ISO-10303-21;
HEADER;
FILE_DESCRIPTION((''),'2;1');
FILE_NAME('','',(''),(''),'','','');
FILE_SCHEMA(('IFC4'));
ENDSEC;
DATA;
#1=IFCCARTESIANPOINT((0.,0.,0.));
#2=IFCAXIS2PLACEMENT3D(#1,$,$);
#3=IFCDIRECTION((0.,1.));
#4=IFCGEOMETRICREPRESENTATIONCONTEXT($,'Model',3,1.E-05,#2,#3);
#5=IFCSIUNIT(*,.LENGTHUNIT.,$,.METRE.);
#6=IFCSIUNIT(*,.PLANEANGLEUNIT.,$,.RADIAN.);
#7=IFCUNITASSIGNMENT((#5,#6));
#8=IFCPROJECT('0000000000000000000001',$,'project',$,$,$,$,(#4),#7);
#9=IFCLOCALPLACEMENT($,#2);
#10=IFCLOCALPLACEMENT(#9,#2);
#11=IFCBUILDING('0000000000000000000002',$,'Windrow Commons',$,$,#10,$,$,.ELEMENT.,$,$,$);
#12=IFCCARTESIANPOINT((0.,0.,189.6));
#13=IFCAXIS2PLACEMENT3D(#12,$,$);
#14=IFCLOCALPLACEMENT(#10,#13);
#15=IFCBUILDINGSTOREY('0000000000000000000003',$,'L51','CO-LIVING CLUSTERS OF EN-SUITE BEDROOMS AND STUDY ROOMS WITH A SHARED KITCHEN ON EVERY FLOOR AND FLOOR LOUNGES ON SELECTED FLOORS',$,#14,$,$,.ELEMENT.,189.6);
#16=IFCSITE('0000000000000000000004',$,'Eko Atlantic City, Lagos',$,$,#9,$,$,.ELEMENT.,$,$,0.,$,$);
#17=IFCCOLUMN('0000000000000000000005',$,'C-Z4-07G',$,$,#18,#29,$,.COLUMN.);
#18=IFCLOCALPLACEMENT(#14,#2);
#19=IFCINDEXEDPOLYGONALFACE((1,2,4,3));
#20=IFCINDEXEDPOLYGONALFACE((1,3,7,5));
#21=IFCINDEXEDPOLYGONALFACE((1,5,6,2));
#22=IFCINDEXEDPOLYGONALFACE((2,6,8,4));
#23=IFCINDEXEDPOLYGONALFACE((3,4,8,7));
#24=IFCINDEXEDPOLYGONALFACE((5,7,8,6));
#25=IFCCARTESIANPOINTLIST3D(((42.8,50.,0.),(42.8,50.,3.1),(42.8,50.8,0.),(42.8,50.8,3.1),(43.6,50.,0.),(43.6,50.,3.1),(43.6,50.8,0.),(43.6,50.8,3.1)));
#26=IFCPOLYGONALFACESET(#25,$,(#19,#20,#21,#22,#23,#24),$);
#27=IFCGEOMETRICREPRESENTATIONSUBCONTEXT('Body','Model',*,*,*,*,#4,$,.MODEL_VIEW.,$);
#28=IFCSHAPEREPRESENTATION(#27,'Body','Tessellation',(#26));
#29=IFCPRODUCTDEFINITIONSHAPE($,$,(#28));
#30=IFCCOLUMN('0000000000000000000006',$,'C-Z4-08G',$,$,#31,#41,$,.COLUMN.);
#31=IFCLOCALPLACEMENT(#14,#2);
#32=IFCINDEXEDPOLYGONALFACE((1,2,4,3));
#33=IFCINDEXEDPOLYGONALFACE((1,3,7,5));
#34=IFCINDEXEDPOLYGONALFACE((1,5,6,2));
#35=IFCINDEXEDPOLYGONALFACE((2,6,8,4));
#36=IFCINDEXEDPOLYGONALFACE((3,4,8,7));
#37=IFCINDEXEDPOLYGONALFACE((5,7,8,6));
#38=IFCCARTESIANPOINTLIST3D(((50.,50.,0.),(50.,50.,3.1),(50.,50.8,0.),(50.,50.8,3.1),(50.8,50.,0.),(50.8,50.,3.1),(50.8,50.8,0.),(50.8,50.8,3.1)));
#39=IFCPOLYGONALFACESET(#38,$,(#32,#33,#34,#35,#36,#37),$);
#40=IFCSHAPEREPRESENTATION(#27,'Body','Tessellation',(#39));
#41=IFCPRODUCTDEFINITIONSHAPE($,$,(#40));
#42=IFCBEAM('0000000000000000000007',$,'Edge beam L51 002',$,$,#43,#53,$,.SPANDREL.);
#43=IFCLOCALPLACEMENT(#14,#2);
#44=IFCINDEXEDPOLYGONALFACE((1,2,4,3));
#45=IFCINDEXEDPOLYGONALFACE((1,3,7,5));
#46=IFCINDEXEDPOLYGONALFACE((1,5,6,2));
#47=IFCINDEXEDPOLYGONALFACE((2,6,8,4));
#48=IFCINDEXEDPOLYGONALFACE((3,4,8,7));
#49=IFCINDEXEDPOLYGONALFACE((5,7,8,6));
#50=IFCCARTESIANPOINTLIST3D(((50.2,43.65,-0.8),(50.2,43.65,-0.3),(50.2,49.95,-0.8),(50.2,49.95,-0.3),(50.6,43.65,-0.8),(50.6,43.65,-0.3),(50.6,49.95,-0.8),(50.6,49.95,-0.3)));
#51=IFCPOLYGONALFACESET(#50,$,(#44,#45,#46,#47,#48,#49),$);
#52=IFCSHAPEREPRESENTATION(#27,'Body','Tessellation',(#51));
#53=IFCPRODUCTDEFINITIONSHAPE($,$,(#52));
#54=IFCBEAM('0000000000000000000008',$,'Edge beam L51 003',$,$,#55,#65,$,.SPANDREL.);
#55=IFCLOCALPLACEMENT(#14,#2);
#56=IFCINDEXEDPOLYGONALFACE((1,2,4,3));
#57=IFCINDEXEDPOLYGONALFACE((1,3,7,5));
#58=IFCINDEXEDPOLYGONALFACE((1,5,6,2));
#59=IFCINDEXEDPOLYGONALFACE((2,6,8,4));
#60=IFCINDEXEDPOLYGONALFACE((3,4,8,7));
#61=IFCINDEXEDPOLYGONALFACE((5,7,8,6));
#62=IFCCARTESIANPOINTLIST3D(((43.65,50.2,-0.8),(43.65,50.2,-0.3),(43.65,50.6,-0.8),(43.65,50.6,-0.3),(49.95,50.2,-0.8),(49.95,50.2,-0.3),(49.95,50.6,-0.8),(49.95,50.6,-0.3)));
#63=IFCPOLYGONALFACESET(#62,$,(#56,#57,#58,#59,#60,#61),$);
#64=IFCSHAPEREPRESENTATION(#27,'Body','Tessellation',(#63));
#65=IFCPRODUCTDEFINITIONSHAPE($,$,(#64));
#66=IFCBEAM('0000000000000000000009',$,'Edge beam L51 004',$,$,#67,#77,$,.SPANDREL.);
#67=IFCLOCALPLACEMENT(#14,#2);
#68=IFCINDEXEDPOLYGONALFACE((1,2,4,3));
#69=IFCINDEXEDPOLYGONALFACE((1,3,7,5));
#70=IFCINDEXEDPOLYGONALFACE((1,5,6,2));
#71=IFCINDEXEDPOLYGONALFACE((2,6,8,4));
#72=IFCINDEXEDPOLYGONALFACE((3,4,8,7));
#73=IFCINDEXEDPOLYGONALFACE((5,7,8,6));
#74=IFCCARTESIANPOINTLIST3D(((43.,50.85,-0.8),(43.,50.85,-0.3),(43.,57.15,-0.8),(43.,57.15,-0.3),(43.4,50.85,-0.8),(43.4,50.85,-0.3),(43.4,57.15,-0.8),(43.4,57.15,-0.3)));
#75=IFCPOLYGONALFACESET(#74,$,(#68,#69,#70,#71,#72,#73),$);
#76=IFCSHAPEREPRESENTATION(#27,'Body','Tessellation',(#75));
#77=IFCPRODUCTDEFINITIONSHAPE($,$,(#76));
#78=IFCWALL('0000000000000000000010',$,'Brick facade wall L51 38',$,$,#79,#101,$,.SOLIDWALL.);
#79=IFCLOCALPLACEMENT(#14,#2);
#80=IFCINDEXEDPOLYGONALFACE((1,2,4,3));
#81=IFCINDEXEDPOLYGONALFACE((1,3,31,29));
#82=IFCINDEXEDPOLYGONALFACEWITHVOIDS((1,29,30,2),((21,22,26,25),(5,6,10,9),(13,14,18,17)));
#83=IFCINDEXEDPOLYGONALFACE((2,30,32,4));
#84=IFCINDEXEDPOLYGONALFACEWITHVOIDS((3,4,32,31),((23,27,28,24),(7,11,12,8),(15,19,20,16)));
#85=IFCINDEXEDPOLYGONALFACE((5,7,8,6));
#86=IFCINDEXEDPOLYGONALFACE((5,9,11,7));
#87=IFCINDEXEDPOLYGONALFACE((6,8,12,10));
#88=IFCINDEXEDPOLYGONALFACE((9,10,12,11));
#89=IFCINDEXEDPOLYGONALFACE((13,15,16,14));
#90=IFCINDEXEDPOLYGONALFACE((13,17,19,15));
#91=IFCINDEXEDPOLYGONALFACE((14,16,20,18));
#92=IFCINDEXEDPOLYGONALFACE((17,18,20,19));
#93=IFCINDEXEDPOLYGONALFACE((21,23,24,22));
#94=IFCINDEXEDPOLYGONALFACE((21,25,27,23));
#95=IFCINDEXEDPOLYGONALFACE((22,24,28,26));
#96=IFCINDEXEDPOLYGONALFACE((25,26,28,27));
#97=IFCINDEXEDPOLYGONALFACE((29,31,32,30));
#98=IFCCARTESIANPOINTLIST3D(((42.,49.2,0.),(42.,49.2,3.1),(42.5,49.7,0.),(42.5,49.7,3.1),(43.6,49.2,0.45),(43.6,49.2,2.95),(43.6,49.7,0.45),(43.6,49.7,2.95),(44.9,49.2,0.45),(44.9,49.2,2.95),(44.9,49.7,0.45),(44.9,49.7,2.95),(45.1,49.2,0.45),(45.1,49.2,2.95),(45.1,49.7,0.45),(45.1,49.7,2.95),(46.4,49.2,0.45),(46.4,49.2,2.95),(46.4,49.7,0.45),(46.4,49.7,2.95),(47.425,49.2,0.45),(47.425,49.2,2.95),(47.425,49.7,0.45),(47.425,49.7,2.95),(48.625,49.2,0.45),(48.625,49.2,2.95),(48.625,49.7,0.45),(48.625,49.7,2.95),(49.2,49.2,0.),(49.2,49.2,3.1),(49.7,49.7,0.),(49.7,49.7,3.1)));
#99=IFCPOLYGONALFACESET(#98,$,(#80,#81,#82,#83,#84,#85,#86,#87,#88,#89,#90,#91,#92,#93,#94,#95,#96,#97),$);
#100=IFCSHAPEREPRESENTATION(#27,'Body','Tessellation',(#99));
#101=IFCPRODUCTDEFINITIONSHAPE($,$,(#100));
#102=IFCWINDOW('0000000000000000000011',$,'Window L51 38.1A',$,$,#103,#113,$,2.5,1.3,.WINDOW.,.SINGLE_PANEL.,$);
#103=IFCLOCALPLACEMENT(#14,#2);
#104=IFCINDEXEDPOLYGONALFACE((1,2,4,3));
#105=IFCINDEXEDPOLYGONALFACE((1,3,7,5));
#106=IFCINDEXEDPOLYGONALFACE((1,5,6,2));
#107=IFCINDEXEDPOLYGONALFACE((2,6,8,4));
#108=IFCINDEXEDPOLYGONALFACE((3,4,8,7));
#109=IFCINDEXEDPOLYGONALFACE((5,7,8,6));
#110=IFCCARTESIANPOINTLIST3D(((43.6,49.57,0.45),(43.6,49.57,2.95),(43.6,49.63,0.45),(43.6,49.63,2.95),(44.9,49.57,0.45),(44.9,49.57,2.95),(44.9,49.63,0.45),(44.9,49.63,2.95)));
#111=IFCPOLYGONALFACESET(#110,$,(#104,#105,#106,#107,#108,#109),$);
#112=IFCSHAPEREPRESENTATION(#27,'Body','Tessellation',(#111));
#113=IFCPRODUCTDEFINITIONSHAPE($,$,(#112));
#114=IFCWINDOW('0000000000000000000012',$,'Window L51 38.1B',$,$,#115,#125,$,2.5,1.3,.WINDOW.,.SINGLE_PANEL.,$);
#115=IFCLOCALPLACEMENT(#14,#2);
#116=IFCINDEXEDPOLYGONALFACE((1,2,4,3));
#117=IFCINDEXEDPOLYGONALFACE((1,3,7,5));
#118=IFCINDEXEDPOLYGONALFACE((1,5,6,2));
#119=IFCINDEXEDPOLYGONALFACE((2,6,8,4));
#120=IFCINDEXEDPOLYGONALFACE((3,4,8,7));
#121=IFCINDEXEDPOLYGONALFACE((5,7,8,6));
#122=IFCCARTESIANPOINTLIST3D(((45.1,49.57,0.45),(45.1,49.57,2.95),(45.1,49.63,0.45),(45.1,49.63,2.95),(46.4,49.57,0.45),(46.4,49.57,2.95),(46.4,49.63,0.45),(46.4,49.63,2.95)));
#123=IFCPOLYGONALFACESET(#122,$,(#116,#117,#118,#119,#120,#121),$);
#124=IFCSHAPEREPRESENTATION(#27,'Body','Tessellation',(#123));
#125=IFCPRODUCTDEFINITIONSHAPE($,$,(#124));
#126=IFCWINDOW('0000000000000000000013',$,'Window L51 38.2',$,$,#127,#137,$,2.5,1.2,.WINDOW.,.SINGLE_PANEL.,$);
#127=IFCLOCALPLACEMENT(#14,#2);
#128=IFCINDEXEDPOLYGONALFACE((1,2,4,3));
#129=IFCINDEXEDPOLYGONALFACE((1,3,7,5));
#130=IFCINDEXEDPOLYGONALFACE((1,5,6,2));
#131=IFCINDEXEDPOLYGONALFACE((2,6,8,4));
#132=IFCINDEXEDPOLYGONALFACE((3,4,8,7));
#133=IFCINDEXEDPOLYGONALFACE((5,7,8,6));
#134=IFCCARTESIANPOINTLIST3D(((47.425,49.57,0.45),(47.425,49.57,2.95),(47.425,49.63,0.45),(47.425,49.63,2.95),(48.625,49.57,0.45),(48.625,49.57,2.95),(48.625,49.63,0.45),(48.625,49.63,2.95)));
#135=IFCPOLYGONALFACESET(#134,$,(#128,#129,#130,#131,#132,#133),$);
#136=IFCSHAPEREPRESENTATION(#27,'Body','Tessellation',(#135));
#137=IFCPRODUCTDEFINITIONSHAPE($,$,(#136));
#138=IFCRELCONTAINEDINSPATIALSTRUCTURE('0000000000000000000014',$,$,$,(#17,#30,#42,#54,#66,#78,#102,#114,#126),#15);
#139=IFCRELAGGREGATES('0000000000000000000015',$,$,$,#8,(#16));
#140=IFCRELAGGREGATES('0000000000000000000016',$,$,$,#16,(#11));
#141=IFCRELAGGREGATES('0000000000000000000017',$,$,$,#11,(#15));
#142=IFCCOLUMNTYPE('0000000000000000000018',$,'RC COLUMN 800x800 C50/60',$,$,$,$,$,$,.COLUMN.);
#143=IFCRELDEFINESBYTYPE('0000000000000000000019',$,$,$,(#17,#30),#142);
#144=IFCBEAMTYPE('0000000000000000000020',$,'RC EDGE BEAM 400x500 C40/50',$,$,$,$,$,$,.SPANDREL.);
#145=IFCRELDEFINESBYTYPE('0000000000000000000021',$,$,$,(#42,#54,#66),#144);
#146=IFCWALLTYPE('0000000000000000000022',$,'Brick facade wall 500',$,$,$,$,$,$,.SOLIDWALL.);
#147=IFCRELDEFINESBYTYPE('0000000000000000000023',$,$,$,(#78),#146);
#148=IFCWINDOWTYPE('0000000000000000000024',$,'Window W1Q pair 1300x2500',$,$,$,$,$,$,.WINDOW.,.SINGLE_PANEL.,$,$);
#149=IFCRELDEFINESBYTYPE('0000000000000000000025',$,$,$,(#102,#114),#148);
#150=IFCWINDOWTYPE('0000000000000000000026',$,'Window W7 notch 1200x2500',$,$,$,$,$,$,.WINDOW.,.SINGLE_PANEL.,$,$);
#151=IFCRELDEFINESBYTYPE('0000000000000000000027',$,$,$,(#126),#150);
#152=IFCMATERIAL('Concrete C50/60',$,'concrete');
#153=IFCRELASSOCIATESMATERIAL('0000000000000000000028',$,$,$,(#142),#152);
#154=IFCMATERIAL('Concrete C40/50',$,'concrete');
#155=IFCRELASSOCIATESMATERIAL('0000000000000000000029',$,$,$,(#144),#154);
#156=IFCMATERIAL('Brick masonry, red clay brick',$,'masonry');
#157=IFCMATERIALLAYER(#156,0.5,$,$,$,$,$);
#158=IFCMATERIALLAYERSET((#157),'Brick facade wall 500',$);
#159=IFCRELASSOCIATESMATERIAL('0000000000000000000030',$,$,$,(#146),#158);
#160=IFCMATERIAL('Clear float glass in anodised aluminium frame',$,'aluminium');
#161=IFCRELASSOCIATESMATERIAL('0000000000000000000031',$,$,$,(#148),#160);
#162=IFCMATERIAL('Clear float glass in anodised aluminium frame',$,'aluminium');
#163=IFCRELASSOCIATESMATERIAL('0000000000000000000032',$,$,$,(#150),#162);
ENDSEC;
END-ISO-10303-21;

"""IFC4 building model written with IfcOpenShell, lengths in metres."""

from ifc_helpers import new_model, si_unit, direction, frame, frame_2d, origin, origin_2d, place, context, subcontext, project, spatial, polyline, rectangle, outline, extrude, material, layer, layer_set, material_profile, profile_set, type_object, element, fill, save


model = new_model("IFC4")

# Units and contexts
model_context = context("Model", 3, precision=1e-05, world=origin(), true_north=direction((0.0, 1.0)))
body_context = subcontext(model_context, "Body", "Model", "MODEL_VIEW")
ifc_project = project(units=[si_unit("LENGTHUNIT", "METRE"), si_unit("PLANEANGLEUNIT", "RADIAN")], contexts=[model_context])

# Site, building, storey
site_placement = place(None, origin())
site = spatial("IfcSite", under=ifc_project, at=site_placement, Name="Eko Atlantic City, Lagos", CompositionType="ELEMENT", RefElevation=0.0)
building_placement = place(site_placement, origin())
building = spatial("IfcBuilding", under=site, at=building_placement, Name="Windrow Commons", CompositionType="ELEMENT")
storey_placement = place(building_placement, frame((0.0, 0.0, 189.6)))
storey = spatial("IfcBuildingStorey", under=building, at=storey_placement, Name="L51", Description="CO-LIVING CLUSTERS OF EN-SUITE BEDROOMS AND STUDY ROOMS WITH A SHARED KITCHEN ON EVERY FLOOR AND FLOOR LOUNGES ON SELECTED FLOORS", CompositionType="ELEMENT", Elevation=189.6)

# Columns
ifc_material_1 = material(Name="Concrete C50/60", Category="concrete")
ifc_material_profile_1 = material_profile(ifc_material_1, rectangle(XDim=0.8, YDim=0.8, at=origin_2d()))
ifc_profile_set_1 = profile_set([ifc_material_profile_1], Name="Concrete C50/60")
column_type = type_object("IfcColumnType", Name="RC COLUMN 800x800 C50/60", PredefinedType="COLUMN", material=ifc_profile_set_1)
for number, where, z_axis, x_axis, name in (
    (1, (43.2, 50.4, 0.0), (0.0, 0.0, 1.0), (1.0, 0.0, 0.0), "C-Z4-07G"),
    (2, (50.4, 50.4, 0.0), (0.0, 0.0, 1.0), (1.0, 0.0, 0.0), "C-Z4-08G"),
):
    element("IfcColumn", number, at=place(storey_placement, frame(where, z_axis=z_axis, x_axis=x_axis)), inside=storey, type_object=column_type, Name=name, PredefinedType="COLUMN", context=body_context, shape_type="SweptSolid", body=[
        extrude(rectangle(XDim=0.8, YDim=0.8, at=origin_2d()), origin(), (0.0, 0.0, 1.0), 3.1),
    ])

# Beams
ifc_material_2 = material(Name="Concrete C40/50", Category="concrete")
ifc_material_profile_2 = material_profile(ifc_material_2, rectangle(XDim=0.4, YDim=0.5, at=origin_2d()))
ifc_profile_set_2 = profile_set([ifc_material_profile_2], Name="Concrete C40/50")
beam_type = type_object("IfcBeamType", Name="RC EDGE BEAM 400x500 C40/50", PredefinedType="SPANDREL", material=ifc_profile_set_2)
for number, where, z_axis, x_axis, name in (
    (3, (50.4, 43.65, -0.55), (0.0, 1.0, 0.0), (-1.0, 0.0, 0.0), "Edge beam L51 002"),
    (4, (49.95, 50.4, -0.55), (-1.0, 0.0, 0.0), (0.0, -1.0, 0.0), "Edge beam L51 003"),
    (5, (43.2, 50.85, -0.55), (0.0, 1.0, 0.0), (-1.0, 0.0, 0.0), "Edge beam L51 004"),
):
    element("IfcBeam", number, at=place(storey_placement, frame(where, z_axis=z_axis, x_axis=x_axis)), inside=storey, type_object=beam_type, Name=name, PredefinedType="SPANDREL", context=body_context, shape_type="SweptSolid", body=[
        extrude(rectangle(XDim=0.4, YDim=0.5, at=origin_2d()), origin(), (0.0, 0.0, 1.0), 6.3),
    ])

# Wall, openings, windows
ifc_material_3 = material(Name="Brick masonry, red clay brick", Category="masonry")
ifc_layer_1 = layer(ifc_material_3, 0.5)
ifc_layer_set_1 = layer_set([ifc_layer_1], Name="Brick facade wall 500")
wall_type_1 = type_object("IfcWallType", Name="Brick facade wall 500", PredefinedType="SOLIDWALL", material=ifc_layer_set_1)
wall_1_placement = place(storey_placement, frame((42.25, 49.45, 0.0), z_axis=(0.0, 0.0, 1.0), x_axis=(1.0, 0.0, 0.0)))
wall_1 = element("IfcWall", 6, at=wall_1_placement, inside=storey, type_object=wall_type_1, Name="Brick facade wall L51 38", PredefinedType="SOLIDWALL", context=body_context, shape_type="SweptSolid", body=[
    extrude(outline(polyline([(-0.25, -0.25), (6.95, -0.25), (7.45, 0.25), (0.25, 0.25), (-0.25, -0.25)])), origin(), (0.0, 0.0, 1.0), 3.1),
])
opening_1_placement = place(wall_1_placement, frame((1.35, 0.0, 0.45)))
opening_1 = element("IfcOpeningElement", 7, at=opening_1_placement, cuts=wall_1, PredefinedType="OPENING", context=body_context, shape_type="SweptSolid", body=[
    extrude(rectangle(XDim=1.3, YDim=2.5, at=frame_2d((0.65, 1.25))), frame((0.0, 0.26, 0.0), z_axis=(0.0, -1.0, 0.0), x_axis=(1.0, 0.0, 0.0)), (0.0, 0.0, 1.0), 0.52),
])
opening_2_placement = place(wall_1_placement, frame((2.85, 0.0, 0.45)))
opening_2 = element("IfcOpeningElement", 8, at=opening_2_placement, cuts=wall_1, PredefinedType="OPENING", context=body_context, shape_type="SweptSolid", body=[
    extrude(rectangle(XDim=1.3, YDim=2.5, at=frame_2d((0.65, 1.25))), frame((0.0, 0.26, 0.0), z_axis=(0.0, -1.0, 0.0), x_axis=(1.0, 0.0, 0.0)), (0.0, 0.0, 1.0), 0.52),
])
opening_3_placement = place(wall_1_placement, frame((5.175, 0.0, 0.45)))
opening_3 = element("IfcOpeningElement", 9, at=opening_3_placement, cuts=wall_1, PredefinedType="OPENING", context=body_context, shape_type="SweptSolid", body=[
    extrude(rectangle(XDim=1.2, YDim=2.5, at=frame_2d((0.6, 1.25))), frame((0.0, 0.26, 0.0), z_axis=(0.0, -1.0, 0.0), x_axis=(1.0, 0.0, 0.0)), (0.0, 0.0, 1.0), 0.52),
])
ifc_material_4 = material(Name="Clear float glass in anodised aluminium frame", Category="aluminium")
window_type_1 = type_object("IfcWindowType", Name="Window W1Q pair 1300x2500", PartitioningType="SINGLE_PANEL", PredefinedType="WINDOW", material=ifc_material_4)
window_1_placement = place(opening_1_placement, origin())
window_1 = element("IfcWindow", 10, at=window_1_placement, inside=storey, type_object=window_type_1, Name="Window L51 38.1A", OverallHeight=2.5, OverallWidth=1.3, PartitioningType="SINGLE_PANEL", PredefinedType="WINDOW", context=body_context, shape_type="SweptSolid", body=[
    extrude(rectangle(XDim=1.3, YDim=2.5, at=frame_2d((0.65, 1.25))), frame((0.0, 0.18, 0.0), z_axis=(0.0, -1.0, 0.0), x_axis=(1.0, 0.0, 0.0)), (0.0, 0.0, 1.0), 0.06),
])
fill(opening_1, window_1)
window_2_placement = place(opening_2_placement, origin())
window_2 = element("IfcWindow", 11, at=window_2_placement, inside=storey, type_object=window_type_1, Name="Window L51 38.1B", OverallHeight=2.5, OverallWidth=1.3, PartitioningType="SINGLE_PANEL", PredefinedType="WINDOW", context=body_context, shape_type="SweptSolid", body=[
    extrude(rectangle(XDim=1.3, YDim=2.5, at=frame_2d((0.65, 1.25))), frame((0.0, 0.18, 0.0), z_axis=(0.0, -1.0, 0.0), x_axis=(1.0, 0.0, 0.0)), (0.0, 0.0, 1.0), 0.06),
])
fill(opening_2, window_2)
ifc_material_5 = material(Name="Clear float glass in anodised aluminium frame", Category="aluminium")
window_type_2 = type_object("IfcWindowType", Name="Window W7 notch 1200x2500", PartitioningType="SINGLE_PANEL", PredefinedType="WINDOW", material=ifc_material_5)
window_3_placement = place(opening_3_placement, origin())
window_3 = element("IfcWindow", 12, at=window_3_placement, inside=storey, type_object=window_type_2, Name="Window L51 38.2", OverallHeight=2.5, OverallWidth=1.2, PartitioningType="SINGLE_PANEL", PredefinedType="WINDOW", context=body_context, shape_type="SweptSolid", body=[
    extrude(rectangle(XDim=1.2, YDim=2.5, at=frame_2d((0.6, 1.25))), frame((0.0, 0.18, 0.0), z_axis=(0.0, -1.0, 0.0), x_axis=(1.0, 0.0, 0.0)), (0.0, 0.0, 1.0), 0.06),
])
fill(opening_3, window_3)

save(model, "model.ifc")
